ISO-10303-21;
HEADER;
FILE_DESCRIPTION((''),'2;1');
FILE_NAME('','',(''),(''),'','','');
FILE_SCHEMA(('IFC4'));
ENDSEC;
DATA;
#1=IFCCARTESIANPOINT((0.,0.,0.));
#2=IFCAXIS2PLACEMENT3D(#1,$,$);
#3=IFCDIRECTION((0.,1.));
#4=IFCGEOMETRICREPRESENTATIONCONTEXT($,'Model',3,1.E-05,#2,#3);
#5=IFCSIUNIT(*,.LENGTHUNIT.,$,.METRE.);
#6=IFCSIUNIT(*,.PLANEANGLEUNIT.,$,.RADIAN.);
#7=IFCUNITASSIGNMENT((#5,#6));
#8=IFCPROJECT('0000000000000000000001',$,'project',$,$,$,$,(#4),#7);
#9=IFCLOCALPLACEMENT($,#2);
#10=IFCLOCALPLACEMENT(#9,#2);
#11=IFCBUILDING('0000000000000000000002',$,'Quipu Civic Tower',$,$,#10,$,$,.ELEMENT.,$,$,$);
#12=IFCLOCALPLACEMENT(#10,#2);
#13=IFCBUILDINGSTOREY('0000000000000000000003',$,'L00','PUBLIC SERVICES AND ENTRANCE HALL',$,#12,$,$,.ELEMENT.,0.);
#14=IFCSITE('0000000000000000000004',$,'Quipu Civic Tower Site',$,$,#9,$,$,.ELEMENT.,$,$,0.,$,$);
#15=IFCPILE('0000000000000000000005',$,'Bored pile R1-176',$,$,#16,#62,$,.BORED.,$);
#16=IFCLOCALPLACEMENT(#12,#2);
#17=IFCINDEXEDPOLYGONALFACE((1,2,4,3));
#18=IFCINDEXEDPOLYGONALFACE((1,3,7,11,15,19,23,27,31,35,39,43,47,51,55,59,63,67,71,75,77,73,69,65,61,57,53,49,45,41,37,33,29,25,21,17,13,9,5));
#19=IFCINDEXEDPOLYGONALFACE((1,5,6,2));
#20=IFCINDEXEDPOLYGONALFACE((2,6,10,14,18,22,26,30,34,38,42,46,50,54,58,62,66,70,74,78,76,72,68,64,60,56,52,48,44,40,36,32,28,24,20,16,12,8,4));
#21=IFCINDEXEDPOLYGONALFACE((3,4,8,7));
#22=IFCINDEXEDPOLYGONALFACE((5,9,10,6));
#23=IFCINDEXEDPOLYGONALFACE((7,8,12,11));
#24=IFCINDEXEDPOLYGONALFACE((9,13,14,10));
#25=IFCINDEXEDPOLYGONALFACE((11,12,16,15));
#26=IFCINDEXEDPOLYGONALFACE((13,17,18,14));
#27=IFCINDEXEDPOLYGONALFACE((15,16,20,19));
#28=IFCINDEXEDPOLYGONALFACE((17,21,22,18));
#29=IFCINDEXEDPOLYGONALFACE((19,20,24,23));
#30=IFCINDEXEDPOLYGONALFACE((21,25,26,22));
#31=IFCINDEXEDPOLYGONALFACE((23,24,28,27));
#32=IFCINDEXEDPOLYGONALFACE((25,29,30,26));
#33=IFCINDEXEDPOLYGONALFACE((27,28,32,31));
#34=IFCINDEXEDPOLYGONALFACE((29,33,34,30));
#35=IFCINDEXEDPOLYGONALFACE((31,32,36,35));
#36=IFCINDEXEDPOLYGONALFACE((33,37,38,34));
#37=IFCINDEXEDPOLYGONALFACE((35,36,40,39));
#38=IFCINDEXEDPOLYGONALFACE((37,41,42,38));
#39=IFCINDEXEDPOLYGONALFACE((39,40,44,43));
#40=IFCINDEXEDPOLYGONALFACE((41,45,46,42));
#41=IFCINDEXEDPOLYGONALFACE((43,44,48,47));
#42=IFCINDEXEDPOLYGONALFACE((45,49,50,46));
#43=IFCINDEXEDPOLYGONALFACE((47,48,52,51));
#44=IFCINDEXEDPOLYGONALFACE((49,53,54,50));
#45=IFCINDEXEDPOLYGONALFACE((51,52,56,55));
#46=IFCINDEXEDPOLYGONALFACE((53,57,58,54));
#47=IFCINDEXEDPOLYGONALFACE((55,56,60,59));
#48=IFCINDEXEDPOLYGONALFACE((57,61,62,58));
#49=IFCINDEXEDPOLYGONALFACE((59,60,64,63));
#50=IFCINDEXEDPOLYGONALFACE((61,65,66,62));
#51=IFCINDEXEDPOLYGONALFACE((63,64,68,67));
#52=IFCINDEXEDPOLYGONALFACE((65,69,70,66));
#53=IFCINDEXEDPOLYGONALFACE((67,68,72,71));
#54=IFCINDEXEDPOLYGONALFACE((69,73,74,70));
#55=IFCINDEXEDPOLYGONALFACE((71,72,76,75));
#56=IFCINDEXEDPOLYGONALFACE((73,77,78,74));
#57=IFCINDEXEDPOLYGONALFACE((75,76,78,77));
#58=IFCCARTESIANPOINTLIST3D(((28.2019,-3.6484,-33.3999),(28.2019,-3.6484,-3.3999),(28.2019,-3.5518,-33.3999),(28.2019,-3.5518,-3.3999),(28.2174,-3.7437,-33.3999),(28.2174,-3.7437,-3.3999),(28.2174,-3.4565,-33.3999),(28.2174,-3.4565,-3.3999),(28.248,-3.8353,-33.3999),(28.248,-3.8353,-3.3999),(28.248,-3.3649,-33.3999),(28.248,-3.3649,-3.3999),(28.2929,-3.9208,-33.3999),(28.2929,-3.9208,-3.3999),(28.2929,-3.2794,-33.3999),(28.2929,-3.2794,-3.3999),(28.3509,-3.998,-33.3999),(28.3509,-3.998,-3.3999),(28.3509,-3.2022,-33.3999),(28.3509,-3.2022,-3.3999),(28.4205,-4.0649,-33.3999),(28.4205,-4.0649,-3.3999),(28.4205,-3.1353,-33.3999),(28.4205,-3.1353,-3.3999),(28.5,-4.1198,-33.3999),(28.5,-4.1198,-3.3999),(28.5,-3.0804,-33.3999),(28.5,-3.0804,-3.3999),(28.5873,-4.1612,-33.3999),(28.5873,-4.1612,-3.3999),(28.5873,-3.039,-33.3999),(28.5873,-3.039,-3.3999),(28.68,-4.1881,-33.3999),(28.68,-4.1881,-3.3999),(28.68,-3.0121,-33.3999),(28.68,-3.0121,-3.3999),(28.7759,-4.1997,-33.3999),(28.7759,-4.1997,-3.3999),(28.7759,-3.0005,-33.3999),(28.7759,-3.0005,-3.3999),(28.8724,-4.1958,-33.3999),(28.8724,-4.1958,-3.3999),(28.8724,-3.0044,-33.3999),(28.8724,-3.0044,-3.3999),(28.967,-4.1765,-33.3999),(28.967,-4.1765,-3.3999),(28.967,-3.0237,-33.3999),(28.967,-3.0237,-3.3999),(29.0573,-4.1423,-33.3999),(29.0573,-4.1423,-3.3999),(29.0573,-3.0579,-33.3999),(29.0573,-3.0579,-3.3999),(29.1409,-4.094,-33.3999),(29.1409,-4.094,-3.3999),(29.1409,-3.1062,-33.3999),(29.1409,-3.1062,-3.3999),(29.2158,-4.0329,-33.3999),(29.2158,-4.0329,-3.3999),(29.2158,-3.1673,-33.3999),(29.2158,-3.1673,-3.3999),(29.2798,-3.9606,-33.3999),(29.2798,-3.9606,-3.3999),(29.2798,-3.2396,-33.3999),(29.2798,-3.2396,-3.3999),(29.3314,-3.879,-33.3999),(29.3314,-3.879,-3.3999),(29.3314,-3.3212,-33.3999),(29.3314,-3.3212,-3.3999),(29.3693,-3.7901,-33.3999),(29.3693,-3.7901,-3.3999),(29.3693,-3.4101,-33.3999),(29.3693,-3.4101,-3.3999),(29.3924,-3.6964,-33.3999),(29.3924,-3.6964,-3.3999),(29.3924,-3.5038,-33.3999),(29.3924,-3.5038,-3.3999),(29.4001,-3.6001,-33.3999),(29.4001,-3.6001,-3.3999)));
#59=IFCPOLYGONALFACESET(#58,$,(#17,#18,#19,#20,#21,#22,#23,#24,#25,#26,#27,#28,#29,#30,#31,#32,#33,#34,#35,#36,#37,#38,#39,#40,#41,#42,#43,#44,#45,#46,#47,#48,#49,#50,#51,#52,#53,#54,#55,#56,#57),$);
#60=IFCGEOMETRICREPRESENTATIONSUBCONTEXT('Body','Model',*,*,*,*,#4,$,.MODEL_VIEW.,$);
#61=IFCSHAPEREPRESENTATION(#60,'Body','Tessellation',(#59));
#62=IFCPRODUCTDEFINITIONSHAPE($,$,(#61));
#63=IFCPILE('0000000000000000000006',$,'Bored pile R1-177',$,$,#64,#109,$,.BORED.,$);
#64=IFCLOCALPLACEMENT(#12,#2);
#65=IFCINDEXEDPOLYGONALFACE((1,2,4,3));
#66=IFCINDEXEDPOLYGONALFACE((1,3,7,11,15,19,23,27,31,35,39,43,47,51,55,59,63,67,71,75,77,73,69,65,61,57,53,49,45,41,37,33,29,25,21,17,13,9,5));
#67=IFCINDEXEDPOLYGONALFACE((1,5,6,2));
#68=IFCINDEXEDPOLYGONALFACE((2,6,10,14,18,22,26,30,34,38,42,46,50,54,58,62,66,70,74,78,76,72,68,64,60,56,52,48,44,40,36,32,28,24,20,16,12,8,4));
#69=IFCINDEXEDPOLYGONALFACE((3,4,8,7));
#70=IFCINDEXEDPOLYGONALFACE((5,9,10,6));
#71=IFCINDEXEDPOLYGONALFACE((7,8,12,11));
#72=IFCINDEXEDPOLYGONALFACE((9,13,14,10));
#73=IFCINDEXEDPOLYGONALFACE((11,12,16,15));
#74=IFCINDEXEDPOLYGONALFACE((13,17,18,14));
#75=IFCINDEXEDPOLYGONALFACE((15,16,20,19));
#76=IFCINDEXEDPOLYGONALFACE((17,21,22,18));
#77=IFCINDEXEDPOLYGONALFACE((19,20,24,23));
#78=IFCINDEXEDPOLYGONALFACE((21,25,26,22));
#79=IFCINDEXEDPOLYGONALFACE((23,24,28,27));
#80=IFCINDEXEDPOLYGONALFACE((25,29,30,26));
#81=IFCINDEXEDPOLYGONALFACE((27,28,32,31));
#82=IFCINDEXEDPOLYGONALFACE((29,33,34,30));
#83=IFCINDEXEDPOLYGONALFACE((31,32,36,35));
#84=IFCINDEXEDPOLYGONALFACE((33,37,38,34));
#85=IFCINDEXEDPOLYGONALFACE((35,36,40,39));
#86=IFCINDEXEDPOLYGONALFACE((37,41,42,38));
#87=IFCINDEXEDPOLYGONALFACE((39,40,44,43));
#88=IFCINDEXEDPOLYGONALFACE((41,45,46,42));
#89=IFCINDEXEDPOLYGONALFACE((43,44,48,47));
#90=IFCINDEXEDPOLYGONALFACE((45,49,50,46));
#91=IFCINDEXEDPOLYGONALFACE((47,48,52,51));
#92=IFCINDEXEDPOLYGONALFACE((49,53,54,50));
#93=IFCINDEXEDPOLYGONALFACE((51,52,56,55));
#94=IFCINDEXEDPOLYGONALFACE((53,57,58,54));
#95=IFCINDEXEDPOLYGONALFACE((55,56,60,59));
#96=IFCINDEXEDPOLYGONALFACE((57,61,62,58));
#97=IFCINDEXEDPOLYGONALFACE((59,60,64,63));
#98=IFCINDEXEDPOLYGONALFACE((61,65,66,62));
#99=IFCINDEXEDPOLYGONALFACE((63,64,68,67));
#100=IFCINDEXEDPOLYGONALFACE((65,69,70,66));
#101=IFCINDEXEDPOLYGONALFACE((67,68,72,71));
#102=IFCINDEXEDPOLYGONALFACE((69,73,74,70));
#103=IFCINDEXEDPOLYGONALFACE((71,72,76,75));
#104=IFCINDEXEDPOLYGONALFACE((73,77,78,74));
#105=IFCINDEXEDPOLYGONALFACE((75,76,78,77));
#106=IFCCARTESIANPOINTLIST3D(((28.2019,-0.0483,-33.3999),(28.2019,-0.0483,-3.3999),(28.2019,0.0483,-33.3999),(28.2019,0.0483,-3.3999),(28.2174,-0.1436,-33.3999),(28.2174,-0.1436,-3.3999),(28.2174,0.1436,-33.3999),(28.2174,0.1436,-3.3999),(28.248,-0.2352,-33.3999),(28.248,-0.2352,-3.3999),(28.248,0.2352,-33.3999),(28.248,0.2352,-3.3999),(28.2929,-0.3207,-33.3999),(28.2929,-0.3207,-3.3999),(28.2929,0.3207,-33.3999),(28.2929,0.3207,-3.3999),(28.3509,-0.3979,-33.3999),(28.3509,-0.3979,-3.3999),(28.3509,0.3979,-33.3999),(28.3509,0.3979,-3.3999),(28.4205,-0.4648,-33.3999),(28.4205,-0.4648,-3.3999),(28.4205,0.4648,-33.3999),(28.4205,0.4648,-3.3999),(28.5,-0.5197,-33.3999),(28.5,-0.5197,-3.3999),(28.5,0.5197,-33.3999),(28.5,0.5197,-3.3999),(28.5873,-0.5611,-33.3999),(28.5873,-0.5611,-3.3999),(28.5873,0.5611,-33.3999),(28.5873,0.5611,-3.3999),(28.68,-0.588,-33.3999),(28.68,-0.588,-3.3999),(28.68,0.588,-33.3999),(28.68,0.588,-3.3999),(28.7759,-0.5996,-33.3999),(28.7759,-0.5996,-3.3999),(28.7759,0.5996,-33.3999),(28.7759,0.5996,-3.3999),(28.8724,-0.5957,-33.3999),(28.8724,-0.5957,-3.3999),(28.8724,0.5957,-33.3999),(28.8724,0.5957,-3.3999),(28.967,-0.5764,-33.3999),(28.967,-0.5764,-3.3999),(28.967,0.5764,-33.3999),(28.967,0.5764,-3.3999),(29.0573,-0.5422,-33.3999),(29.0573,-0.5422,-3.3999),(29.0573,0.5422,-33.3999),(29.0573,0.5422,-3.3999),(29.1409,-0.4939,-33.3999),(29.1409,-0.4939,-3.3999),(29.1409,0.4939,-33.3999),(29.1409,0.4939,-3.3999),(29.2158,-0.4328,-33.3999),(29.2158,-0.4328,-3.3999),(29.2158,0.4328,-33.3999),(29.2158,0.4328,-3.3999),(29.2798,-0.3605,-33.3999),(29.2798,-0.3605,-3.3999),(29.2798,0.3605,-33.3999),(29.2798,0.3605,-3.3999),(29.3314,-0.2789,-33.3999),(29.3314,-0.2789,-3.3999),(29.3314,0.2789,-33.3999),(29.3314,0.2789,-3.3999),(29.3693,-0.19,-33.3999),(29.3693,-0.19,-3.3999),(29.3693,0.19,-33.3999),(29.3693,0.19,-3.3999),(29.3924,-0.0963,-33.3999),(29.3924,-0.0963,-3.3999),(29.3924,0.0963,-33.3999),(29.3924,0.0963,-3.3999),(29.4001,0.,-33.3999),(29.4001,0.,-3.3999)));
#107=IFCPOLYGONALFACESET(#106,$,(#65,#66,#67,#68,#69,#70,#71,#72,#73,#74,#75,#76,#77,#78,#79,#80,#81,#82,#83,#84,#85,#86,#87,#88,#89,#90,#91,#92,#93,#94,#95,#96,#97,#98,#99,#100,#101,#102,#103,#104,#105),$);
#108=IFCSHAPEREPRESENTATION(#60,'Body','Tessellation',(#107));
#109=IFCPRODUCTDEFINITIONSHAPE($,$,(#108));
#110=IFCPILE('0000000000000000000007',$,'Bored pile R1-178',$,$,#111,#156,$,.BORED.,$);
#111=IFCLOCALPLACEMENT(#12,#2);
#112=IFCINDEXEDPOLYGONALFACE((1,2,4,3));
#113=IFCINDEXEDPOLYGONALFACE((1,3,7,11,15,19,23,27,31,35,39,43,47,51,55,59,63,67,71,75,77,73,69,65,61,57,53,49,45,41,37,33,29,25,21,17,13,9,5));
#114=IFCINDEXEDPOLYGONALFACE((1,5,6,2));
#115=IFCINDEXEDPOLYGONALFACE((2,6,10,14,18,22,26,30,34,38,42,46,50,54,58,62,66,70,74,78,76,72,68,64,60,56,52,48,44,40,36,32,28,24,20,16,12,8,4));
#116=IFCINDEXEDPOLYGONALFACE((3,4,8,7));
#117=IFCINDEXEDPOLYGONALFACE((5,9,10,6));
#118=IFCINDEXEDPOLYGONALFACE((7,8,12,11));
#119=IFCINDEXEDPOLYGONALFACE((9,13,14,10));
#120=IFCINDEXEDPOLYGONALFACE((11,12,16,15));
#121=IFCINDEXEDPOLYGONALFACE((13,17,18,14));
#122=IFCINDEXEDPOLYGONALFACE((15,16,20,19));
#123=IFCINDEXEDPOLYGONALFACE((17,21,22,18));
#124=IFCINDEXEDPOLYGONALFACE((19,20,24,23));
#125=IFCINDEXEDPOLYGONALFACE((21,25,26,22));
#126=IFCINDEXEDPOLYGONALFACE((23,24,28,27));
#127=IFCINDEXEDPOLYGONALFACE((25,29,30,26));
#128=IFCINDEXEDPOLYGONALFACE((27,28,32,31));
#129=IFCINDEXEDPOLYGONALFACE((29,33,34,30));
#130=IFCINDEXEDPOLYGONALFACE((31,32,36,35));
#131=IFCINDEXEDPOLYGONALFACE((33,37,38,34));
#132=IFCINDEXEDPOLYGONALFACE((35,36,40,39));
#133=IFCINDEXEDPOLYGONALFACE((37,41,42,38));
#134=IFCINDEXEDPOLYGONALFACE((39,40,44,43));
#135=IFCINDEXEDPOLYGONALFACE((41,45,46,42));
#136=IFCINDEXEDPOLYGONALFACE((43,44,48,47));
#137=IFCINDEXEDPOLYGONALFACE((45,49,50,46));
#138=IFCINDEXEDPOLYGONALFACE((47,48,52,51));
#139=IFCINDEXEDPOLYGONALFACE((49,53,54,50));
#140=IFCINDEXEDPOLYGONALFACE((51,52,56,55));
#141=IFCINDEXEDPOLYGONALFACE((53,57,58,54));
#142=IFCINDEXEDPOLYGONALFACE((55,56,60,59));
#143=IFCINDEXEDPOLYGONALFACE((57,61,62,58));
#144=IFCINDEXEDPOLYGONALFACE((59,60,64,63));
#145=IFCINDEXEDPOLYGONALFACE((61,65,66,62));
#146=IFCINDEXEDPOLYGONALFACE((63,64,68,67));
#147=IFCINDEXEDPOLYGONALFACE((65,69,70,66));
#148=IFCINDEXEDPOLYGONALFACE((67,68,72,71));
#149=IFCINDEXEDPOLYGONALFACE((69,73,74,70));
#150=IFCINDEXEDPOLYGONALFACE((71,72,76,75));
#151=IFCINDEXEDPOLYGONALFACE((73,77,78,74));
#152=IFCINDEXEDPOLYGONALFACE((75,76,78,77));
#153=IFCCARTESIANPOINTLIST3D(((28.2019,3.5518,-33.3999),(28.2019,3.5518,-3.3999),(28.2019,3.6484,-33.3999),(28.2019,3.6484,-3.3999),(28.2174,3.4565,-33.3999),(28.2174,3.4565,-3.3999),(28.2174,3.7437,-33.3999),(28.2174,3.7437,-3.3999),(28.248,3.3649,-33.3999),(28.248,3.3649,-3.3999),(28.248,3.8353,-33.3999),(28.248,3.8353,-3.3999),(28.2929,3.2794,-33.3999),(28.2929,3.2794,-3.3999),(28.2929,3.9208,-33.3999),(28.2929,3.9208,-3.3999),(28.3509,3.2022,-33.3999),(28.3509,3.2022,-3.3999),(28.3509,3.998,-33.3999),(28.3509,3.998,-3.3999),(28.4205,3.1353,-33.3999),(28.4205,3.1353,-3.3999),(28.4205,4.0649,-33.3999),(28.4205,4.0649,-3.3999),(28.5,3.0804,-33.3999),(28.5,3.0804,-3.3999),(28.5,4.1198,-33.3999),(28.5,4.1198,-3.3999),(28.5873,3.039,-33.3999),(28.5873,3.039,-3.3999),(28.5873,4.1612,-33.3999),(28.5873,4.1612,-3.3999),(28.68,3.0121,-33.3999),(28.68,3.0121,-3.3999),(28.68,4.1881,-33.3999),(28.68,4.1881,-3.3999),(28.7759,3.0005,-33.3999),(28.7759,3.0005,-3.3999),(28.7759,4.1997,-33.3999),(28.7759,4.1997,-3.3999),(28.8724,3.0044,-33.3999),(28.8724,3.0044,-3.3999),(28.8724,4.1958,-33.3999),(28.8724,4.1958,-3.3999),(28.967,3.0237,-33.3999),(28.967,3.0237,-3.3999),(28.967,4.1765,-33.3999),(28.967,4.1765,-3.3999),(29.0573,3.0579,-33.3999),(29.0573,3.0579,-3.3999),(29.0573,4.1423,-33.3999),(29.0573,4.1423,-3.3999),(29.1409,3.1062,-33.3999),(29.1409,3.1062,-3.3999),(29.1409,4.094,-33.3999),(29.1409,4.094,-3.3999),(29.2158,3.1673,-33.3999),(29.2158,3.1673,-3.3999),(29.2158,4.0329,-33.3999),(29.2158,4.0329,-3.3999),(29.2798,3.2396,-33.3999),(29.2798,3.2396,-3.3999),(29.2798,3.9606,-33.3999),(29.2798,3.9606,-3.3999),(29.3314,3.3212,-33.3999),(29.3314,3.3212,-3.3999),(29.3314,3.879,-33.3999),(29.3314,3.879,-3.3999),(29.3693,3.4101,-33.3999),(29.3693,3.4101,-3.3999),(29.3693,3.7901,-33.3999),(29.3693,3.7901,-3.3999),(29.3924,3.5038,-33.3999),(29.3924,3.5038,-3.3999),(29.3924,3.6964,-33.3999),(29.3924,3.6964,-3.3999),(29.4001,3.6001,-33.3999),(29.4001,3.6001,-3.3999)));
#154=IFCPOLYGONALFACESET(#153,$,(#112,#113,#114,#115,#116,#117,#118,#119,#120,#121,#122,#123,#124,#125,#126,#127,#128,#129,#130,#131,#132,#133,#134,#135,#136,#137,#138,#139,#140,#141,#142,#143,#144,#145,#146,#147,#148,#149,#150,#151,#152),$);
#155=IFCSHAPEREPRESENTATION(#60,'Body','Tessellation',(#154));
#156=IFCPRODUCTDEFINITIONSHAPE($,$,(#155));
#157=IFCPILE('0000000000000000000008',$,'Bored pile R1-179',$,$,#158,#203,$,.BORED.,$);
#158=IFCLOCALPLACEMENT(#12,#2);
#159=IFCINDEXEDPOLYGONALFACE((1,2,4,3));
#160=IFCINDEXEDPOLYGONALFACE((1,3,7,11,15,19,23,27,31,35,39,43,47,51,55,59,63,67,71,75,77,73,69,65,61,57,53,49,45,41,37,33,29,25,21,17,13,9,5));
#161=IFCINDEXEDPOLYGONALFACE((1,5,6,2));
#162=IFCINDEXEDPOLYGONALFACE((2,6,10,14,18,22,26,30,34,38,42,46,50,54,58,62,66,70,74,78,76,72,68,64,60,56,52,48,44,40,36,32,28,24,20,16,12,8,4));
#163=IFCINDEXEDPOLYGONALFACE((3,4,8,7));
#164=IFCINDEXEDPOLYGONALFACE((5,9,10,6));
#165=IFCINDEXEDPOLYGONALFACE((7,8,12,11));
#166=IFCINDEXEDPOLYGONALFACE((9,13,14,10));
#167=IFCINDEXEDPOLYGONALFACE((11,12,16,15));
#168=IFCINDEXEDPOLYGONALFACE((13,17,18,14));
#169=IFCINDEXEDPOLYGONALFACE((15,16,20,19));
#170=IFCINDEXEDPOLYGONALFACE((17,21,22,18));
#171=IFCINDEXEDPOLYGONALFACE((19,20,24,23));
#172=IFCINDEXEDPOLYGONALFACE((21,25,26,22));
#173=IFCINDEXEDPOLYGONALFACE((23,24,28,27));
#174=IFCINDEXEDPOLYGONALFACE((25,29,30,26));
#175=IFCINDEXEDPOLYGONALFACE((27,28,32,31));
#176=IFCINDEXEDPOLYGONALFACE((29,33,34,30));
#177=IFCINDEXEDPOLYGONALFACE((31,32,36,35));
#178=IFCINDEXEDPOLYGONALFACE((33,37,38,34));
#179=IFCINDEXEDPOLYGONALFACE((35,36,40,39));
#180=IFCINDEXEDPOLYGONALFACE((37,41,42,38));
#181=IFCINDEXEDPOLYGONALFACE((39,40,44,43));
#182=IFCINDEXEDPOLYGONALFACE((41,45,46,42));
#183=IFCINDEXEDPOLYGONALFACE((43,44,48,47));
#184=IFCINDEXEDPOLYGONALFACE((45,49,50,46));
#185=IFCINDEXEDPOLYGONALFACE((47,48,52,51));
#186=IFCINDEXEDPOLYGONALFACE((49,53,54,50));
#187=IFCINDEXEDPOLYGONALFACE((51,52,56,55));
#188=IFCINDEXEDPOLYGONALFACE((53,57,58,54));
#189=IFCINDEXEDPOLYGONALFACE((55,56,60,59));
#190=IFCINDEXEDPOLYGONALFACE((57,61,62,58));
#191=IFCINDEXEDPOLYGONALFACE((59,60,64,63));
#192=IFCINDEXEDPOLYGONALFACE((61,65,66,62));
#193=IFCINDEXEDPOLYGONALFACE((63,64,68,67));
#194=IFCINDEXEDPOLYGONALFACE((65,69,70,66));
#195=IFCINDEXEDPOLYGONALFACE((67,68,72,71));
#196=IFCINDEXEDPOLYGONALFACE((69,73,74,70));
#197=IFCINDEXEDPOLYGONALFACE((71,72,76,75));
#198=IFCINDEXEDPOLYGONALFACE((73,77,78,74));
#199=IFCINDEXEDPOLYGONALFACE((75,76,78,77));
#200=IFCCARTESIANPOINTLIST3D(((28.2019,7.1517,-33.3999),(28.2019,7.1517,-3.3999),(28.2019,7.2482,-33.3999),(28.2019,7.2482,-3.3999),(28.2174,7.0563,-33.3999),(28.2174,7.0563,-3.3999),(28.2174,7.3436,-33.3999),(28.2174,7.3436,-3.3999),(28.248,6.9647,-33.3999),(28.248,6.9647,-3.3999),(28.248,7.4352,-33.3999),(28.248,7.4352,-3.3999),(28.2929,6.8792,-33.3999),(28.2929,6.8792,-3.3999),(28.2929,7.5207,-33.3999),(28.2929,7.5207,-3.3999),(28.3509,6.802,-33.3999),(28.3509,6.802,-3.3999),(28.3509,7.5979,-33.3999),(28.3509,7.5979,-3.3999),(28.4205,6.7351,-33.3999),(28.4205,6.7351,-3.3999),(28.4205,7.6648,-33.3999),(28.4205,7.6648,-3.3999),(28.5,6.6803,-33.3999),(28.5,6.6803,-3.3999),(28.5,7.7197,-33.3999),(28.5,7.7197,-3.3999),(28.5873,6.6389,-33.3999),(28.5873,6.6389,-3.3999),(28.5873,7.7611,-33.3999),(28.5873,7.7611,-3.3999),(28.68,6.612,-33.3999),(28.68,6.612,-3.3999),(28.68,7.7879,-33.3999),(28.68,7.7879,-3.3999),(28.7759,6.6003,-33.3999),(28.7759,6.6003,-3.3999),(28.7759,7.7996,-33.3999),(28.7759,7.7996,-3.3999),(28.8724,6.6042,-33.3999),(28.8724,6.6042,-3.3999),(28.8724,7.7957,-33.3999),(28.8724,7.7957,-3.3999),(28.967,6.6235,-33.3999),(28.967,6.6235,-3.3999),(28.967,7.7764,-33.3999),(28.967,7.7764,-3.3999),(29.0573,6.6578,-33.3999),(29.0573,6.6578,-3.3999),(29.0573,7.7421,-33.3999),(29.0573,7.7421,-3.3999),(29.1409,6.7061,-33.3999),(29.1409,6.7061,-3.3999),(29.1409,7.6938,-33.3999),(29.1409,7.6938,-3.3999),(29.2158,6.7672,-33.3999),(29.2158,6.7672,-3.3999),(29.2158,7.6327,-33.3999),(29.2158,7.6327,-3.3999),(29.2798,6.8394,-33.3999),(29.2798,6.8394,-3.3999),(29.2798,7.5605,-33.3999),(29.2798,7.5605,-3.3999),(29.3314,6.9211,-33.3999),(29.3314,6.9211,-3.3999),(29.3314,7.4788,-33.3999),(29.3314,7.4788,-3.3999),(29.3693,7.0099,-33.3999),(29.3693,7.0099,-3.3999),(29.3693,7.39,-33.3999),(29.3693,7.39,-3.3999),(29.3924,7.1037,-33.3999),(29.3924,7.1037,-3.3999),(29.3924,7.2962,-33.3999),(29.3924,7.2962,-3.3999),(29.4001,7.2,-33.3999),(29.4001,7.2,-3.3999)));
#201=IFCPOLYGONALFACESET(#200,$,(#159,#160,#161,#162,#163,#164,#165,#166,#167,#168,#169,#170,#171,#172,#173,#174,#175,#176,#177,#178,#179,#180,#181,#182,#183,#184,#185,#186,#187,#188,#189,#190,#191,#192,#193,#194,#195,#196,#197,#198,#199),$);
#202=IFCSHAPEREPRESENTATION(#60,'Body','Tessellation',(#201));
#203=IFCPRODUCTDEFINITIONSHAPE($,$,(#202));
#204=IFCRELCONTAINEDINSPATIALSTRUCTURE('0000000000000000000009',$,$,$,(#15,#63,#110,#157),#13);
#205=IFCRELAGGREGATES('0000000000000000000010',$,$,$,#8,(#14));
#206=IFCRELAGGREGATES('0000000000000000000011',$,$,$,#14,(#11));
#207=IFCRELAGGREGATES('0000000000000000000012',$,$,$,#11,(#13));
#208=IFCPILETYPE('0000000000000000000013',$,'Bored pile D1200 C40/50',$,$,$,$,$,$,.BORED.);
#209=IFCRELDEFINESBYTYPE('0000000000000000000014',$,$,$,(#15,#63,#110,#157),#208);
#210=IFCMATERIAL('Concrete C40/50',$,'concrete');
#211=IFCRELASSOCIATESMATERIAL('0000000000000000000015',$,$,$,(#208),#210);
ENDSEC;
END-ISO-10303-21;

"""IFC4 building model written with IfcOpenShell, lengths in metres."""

from ifc_helpers import new_model, si_unit, direction, frame, origin, origin_2d, place, context, subcontext, project, spatial, circle, extrude, material, material_profile, profile_set, type_object, element, save


model = new_model("IFC4")

# Units and contexts
model_context = context("Model", 3, precision=1e-05, world=origin(), true_north=direction((0.0, 1.0)))
body_context = subcontext(model_context, "Body", "Model", "MODEL_VIEW")
ifc_project = project(units=[si_unit("LENGTHUNIT", "METRE"), si_unit("PLANEANGLEUNIT", "RADIAN")], contexts=[model_context])

# Site, building, storey
site_placement = place(None, origin())
site = spatial("IfcSite", under=ifc_project, at=site_placement, Name="Quipu Civic Tower Site", CompositionType="ELEMENT", RefElevation=0.0)
building_placement = place(site_placement, origin())
building = spatial("IfcBuilding", under=site, at=building_placement, Name="Quipu Civic Tower", CompositionType="ELEMENT")
storey_placement = place(building_placement, origin())
storey = spatial("IfcBuildingStorey", under=building, at=storey_placement, Name="L00", Description="PUBLIC SERVICES AND ENTRANCE HALL", CompositionType="ELEMENT", Elevation=0.0)

# Piles
ifc_material_1 = material(Name="Concrete C40/50", Category="concrete")
ifc_material_profile_1 = material_profile(ifc_material_1, circle(Radius=0.6001, at=origin_2d()), Name="RCD1200")
ifc_profile_set_1 = profile_set([ifc_material_profile_1], Name="Concrete C40/50")
pile_type = type_object("IfcPileType", Name="Bored pile D1200 C40/50", PredefinedType="BORED", material=ifc_profile_set_1)
for number, where, z_axis, x_axis, name in (
    (1, (28.8, -3.6001, -3.3999), (0.0, 0.0, -1.0), (1.0, 0.0, 0.0), "Bored pile R1-176"),
    (2, (28.8, 0.0, -3.3999), (0.0, 0.0, -1.0), (1.0, 0.0, 0.0), "Bored pile R1-177"),
    (3, (28.8, 3.6001, -3.3999), (0.0, 0.0, -1.0), (1.0, 0.0, 0.0), "Bored pile R1-178"),
    (4, (28.8, 7.2, -3.3999), (0.0, 0.0, -1.0), (1.0, 0.0, 0.0), "Bored pile R1-179"),
):
    element("IfcPile", number, at=place(storey_placement, frame(where, z_axis=z_axis, x_axis=x_axis)), inside=storey, type_object=pile_type, Name=name, PredefinedType="BORED", context=body_context, shape_type="SweptSolid", body=[
        extrude(circle(Radius=0.6001, at=origin_2d()), origin(), (0.0, 0.0, 1.0), 30.0),
    ])

save(model, "model.ifc")
